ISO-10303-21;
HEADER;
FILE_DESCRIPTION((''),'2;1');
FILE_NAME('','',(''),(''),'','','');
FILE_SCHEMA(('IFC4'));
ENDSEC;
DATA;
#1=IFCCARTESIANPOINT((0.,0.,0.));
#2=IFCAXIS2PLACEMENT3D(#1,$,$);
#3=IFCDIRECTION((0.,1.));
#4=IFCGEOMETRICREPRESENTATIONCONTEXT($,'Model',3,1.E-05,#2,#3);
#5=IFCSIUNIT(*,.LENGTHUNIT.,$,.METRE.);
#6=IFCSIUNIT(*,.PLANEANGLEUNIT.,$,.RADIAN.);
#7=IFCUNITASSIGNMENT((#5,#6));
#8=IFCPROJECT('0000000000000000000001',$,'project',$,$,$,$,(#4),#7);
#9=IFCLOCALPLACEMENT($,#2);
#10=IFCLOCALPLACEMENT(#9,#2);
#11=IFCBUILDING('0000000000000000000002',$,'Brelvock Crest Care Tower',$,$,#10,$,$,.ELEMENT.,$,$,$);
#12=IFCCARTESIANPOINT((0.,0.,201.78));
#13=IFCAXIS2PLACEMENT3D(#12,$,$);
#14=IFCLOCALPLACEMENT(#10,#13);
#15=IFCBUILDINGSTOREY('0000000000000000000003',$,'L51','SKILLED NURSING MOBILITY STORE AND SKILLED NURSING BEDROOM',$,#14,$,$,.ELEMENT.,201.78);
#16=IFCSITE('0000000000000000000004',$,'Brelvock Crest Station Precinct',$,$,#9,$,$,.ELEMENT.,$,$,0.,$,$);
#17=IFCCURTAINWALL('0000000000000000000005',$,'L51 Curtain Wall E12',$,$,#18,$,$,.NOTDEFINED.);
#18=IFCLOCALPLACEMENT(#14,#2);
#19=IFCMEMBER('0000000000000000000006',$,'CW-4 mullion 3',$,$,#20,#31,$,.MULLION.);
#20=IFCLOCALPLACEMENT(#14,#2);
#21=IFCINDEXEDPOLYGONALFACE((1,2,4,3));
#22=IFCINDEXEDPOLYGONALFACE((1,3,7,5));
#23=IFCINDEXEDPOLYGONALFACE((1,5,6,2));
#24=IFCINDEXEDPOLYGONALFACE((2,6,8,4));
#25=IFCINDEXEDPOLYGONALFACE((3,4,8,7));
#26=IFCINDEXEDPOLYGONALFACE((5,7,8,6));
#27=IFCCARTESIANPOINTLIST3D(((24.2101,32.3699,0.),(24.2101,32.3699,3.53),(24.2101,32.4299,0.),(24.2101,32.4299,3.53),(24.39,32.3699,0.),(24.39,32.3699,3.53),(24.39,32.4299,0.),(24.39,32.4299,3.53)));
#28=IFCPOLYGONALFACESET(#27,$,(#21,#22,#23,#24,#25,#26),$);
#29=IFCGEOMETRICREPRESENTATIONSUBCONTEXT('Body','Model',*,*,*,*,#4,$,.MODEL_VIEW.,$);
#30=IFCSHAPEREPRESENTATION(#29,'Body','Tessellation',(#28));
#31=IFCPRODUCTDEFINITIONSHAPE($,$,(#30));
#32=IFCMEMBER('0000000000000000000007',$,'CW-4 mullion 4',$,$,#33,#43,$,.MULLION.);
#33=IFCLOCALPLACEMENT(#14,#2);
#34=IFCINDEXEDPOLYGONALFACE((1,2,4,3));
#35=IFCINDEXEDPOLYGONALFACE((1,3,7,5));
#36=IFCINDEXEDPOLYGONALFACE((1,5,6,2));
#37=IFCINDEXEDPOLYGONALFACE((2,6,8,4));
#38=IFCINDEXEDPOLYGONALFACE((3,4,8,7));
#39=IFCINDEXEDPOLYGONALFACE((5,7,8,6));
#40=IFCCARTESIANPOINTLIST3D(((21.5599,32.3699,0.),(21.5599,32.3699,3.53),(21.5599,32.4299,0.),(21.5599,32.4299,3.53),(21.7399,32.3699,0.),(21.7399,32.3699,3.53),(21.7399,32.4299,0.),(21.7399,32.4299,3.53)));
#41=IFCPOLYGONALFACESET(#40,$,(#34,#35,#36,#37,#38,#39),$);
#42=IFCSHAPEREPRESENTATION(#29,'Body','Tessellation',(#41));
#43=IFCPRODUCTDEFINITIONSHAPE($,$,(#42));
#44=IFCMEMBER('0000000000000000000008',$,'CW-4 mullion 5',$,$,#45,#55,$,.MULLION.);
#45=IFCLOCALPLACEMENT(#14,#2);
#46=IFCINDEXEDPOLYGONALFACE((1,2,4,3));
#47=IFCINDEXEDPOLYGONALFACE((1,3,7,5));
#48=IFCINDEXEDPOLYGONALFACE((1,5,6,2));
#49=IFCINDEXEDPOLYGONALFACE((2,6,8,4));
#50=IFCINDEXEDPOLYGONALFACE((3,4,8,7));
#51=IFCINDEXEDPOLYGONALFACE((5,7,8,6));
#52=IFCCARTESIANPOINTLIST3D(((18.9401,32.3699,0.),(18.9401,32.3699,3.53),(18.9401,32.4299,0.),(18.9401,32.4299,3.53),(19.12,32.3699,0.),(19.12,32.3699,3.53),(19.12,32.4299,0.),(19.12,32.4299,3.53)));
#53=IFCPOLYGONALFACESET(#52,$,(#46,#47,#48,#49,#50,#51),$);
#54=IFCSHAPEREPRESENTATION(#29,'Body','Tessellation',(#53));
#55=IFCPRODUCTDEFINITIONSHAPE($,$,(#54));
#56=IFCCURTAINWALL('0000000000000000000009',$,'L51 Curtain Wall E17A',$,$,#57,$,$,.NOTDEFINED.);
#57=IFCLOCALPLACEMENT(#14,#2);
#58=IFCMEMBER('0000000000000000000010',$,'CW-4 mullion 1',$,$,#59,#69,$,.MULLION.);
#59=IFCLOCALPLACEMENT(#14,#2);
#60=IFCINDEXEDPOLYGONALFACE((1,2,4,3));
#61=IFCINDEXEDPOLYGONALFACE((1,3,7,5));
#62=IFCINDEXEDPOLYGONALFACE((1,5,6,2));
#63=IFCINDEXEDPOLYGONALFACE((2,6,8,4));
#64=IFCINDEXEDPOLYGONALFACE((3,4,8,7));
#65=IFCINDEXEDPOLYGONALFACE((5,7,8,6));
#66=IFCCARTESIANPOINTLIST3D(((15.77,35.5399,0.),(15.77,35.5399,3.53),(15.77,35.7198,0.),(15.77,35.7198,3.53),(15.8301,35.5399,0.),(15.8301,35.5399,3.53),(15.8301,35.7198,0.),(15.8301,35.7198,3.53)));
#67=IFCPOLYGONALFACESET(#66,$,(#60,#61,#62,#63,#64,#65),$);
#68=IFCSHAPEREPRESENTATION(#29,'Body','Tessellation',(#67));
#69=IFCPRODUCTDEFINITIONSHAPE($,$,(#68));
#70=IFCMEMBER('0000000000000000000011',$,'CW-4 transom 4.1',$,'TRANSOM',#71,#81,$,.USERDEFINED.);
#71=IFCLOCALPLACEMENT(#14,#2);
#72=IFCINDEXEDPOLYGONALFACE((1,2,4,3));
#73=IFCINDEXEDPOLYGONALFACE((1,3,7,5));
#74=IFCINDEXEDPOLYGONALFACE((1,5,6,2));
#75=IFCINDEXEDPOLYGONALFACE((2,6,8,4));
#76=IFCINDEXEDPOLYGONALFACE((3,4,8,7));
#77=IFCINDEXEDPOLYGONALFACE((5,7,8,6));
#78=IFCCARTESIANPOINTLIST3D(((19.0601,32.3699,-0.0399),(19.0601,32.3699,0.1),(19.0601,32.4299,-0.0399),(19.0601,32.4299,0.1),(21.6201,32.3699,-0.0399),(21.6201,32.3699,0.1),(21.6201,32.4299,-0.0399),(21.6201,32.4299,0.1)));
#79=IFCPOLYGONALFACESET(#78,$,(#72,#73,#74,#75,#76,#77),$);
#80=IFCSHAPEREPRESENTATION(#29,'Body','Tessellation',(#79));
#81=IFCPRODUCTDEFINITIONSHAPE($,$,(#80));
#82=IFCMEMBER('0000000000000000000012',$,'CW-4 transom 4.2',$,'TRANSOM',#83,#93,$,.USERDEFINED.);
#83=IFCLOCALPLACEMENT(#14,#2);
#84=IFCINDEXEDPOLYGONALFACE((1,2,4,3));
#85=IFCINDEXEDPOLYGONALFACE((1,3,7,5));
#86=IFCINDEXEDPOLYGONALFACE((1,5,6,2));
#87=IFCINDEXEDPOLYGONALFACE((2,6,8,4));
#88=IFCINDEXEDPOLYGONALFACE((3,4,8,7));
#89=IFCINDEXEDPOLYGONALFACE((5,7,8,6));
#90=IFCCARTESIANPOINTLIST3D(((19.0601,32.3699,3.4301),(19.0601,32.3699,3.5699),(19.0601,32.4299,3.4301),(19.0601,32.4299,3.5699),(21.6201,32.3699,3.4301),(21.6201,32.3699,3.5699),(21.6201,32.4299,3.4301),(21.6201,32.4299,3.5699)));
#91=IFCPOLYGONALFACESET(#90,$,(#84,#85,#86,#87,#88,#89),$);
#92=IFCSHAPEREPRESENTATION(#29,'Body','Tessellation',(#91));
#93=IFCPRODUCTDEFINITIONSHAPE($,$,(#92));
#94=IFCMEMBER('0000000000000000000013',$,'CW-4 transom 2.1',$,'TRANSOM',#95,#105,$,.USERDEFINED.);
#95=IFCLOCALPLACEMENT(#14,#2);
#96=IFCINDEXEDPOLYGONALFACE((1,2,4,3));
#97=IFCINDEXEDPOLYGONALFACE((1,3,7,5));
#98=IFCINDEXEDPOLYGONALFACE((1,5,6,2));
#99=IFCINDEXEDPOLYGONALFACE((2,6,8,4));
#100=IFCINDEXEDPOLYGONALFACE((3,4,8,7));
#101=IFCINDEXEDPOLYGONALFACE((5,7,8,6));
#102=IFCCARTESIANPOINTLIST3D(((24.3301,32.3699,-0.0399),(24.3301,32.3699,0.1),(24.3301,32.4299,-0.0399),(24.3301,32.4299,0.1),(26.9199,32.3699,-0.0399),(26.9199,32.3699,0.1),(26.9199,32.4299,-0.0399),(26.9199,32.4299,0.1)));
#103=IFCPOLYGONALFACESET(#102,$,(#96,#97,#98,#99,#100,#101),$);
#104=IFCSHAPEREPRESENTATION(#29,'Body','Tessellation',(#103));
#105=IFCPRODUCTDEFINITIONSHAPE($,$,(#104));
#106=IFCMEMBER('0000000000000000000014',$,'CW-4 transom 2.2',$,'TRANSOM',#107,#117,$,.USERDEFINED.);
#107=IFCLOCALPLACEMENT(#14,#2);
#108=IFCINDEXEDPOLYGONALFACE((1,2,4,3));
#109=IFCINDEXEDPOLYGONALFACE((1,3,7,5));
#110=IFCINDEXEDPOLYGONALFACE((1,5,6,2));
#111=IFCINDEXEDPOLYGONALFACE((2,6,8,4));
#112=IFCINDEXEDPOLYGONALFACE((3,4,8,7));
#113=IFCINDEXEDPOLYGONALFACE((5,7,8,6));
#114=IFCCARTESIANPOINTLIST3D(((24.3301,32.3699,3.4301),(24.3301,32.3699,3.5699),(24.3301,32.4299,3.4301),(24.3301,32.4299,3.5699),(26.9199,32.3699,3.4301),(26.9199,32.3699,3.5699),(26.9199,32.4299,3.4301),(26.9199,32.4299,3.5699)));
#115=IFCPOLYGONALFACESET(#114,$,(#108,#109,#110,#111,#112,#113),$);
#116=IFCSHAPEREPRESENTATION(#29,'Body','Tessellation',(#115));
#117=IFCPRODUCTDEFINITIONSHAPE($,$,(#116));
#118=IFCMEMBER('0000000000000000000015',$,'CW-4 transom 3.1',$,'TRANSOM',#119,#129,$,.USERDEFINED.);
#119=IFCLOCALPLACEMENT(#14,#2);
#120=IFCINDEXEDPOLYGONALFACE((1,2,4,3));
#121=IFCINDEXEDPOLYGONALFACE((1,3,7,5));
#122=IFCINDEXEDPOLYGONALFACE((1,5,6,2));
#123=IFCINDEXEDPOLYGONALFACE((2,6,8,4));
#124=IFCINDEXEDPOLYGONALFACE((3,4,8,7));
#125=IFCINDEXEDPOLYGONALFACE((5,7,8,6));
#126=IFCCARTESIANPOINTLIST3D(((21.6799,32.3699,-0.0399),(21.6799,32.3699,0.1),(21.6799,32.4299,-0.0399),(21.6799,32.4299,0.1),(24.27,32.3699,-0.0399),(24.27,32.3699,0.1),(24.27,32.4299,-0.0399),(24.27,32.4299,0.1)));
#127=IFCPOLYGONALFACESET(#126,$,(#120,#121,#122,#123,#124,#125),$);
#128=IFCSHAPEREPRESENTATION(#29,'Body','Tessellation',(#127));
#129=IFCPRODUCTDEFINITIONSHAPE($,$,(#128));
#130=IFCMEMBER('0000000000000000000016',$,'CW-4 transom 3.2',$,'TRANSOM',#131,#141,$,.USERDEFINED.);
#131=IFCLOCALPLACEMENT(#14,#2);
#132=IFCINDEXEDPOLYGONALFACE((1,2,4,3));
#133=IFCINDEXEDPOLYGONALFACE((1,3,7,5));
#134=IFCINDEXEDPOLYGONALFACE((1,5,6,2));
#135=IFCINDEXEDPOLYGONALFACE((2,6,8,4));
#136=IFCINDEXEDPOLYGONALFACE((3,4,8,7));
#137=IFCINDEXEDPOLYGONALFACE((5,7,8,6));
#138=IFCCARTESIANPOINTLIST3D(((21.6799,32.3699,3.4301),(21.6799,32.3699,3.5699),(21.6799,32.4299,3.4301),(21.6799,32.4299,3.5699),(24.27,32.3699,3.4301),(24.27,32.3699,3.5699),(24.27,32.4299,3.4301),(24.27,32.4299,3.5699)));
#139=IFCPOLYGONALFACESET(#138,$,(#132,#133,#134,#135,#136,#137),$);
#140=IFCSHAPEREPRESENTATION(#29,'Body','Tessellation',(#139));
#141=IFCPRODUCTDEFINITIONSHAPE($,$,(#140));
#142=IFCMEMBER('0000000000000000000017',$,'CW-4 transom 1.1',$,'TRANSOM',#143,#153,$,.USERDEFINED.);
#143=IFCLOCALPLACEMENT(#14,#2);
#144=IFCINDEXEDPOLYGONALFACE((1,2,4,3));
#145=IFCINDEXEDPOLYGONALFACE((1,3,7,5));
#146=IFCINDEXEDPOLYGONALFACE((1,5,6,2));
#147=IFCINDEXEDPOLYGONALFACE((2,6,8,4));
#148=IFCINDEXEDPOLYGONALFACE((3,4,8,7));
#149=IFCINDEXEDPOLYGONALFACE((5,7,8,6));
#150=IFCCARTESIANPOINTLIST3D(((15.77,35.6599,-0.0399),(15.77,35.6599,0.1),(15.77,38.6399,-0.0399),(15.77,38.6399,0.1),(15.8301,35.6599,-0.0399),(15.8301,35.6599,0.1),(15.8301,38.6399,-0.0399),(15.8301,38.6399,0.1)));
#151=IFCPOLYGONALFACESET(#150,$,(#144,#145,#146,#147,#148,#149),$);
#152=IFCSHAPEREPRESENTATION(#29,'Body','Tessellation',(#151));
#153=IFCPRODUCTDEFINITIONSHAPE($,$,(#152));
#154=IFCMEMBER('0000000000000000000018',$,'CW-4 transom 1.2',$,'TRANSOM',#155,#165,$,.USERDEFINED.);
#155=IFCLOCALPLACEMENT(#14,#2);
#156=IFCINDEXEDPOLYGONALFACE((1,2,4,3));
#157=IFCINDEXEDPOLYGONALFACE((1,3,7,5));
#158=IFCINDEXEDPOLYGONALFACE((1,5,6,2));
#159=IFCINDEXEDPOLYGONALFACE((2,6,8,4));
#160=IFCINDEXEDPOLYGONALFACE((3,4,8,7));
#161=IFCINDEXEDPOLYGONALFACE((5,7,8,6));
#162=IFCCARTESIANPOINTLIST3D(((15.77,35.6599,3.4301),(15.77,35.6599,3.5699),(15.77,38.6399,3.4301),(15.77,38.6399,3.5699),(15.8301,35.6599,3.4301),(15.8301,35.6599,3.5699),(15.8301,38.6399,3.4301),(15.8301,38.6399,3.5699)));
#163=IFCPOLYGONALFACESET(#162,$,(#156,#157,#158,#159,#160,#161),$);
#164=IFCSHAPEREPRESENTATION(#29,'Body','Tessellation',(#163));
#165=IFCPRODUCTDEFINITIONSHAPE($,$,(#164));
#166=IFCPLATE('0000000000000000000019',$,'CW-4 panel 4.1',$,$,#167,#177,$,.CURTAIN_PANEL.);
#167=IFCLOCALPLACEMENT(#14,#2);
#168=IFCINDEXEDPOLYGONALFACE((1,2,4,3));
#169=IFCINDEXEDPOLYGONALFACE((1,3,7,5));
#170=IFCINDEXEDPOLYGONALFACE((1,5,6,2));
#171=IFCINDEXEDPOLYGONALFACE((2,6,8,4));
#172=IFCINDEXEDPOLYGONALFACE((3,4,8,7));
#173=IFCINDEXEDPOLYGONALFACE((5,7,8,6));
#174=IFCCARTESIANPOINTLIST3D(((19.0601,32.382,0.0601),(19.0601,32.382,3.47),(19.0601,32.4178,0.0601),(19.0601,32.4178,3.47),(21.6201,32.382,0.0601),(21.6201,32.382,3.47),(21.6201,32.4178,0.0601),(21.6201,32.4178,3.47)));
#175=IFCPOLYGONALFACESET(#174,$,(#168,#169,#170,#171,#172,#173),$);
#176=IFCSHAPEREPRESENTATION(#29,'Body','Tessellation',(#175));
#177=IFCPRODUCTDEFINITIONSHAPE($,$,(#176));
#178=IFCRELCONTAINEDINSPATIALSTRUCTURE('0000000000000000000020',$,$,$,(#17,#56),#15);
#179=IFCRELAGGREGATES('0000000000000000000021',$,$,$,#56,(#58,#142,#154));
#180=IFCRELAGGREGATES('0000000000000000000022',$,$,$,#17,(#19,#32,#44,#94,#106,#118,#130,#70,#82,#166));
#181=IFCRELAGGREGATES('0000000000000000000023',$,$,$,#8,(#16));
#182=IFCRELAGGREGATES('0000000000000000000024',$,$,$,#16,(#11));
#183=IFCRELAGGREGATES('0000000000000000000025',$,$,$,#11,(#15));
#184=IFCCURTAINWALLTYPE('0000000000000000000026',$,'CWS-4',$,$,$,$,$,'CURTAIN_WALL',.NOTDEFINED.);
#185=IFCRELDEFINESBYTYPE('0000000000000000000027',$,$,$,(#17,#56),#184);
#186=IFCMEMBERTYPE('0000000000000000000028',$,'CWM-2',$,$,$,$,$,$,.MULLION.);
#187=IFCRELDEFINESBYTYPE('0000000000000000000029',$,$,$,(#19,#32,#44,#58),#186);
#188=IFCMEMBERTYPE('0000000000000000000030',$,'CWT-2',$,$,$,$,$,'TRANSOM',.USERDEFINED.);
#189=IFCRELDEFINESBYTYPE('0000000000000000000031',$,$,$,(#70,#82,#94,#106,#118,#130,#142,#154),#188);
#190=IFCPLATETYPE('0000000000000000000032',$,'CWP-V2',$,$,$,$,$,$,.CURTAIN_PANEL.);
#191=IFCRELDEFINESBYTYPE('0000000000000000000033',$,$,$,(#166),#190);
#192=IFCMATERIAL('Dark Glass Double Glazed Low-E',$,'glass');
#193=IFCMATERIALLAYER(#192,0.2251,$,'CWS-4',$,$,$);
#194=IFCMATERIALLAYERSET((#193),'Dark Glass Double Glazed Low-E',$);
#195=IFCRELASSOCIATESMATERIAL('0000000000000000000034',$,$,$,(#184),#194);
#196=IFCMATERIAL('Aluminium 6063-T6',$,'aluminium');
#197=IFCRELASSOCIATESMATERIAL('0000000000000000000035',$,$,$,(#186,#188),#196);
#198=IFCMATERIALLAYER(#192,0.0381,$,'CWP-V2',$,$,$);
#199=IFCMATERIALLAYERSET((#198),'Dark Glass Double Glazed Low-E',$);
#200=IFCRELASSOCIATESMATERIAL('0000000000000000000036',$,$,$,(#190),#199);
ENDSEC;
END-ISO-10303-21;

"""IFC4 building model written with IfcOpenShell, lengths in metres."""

from ifc_helpers import new_model, si_unit, direction, frame, origin, origin_2d, place, context, subcontext, project, spatial, rectangle, extrude, source, transform, mapped, material, layer, layer_set, material_profile, profile_set, type_object, element, aggregate, save


model = new_model("IFC4")

# Units and contexts
model_context = context("Model", 3, precision=1e-05, world=origin(), true_north=direction((0.0, 1.0)))
body_context = subcontext(model_context, "Body", "Model", "MODEL_VIEW")
ifc_project = project(units=[si_unit("LENGTHUNIT", "METRE"), si_unit("PLANEANGLEUNIT", "RADIAN")], contexts=[model_context])

# Site, building, storey
site_placement = place(None, origin())
site = spatial("IfcSite", under=ifc_project, at=site_placement, Name="Brelvock Crest Station Precinct", CompositionType="ELEMENT", RefElevation=0.0)
building_placement = place(site_placement, origin())
building = spatial("IfcBuilding", under=site, at=building_placement, Name="Brelvock Crest Care Tower", CompositionType="ELEMENT")
storey_placement = place(building_placement, frame((0.0, 0.0, 201.78)))
storey = spatial("IfcBuildingStorey", under=building, at=storey_placement, Name="L51", Description="SKILLED NURSING MOBILITY STORE AND SKILLED NURSING BEDROOM", CompositionType="ELEMENT", Elevation=201.78)

# Curtain wall, members
ifc_material_1 = material(Name="Dark Glass Double Glazed Low-E", Category="glass")
ifc_layer_1 = layer(ifc_material_1, 0.2251, Name="CWS-4")
ifc_layer_set_1 = layer_set([ifc_layer_1], Name="Dark Glass Double Glazed Low-E")
curtain_wall_type = type_object("IfcCurtainWallType", Name="CWS-4", ElementType="CURTAIN_WALL", PredefinedType="NOTDEFINED", material=ifc_layer_set_1)
curtain_wall_1_placement = place(storey_placement, origin())
curtain_wall_1 = element("IfcCurtainWall", 1, at=curtain_wall_1_placement, inside=storey, type_object=curtain_wall_type, Name="L51 Curtain Wall E12", PredefinedType="NOTDEFINED")
ifc_material_2 = material(Name="Aluminium 6063-T6", Category="aluminium")
ifc_material_profile_1 = material_profile(ifc_material_2, rectangle(XDim=0.0601, YDim=0.1799, at=origin_2d()), Name="ALU60x180")
ifc_profile_set_1 = profile_set([ifc_material_profile_1], Name="Aluminium 6063-T6")
member_type_1 = type_object("IfcMemberType", Name="CWM-2", PredefinedType="MULLION", material=ifc_profile_set_1)
shared_shape_1 = source(origin(), body_context, "Body", "SweptSolid", [
    extrude(rectangle(XDim=0.0601, YDim=0.1799, at=origin_2d()), origin(), (0.0, 0.0, 1.0), 3.53),
])
member_1_placement = place(storey_placement, frame((24.3, 32.3999, 0.0), z_axis=(0.0, 0.0, 1.0), x_axis=(0.0, -1.0, 0.0)))
member_1 = element("IfcMember", 2, at=member_1_placement, type_object=member_type_1, Name="CW-4 mullion 3", PredefinedType="MULLION", context=body_context, shape_type="MappedRepresentation", body=[
    mapped(shared_shape_1, transform((0.0, 0.0, 0.0), x_axis=(1.0, 0.0, 0.0), y_axis=(0.0, 1.0, 0.0), z_axis=(0.0, 0.0, 1.0), scale=1.0)),
])
member_2_placement = place(storey_placement, frame((21.6499, 32.3999, 0.0), z_axis=(0.0, 0.0, 1.0), x_axis=(0.0, -1.0, 0.0)))
member_2 = element("IfcMember", 3, at=member_2_placement, type_object=member_type_1, Name="CW-4 mullion 4", PredefinedType="MULLION", context=body_context, shape_type="MappedRepresentation", body=[
    mapped(shared_shape_1, transform((0.0, 0.0, 0.0), x_axis=(1.0, 0.0, 0.0), y_axis=(0.0, 1.0, 0.0), z_axis=(0.0, 0.0, 1.0), scale=1.0)),
])
member_3_placement = place(storey_placement, frame((19.03, 32.3999, 0.0), z_axis=(0.0, 0.0, 1.0), x_axis=(0.0, -1.0, 0.0)))
member_3 = element("IfcMember", 4, at=member_3_placement, type_object=member_type_1, Name="CW-4 mullion 5", PredefinedType="MULLION", context=body_context, shape_type="MappedRepresentation", body=[
    mapped(shared_shape_1, transform((0.0, 0.0, 0.0), x_axis=(1.0, 0.0, 0.0), y_axis=(0.0, 1.0, 0.0), z_axis=(0.0, 0.0, 1.0), scale=1.0)),
])

# Curtain wall, member
curtain_wall_2_placement = place(storey_placement, origin())
curtain_wall_2 = element("IfcCurtainWall", 5, at=curtain_wall_2_placement, inside=storey, type_object=curtain_wall_type, Name="L51 Curtain Wall E17A", PredefinedType="NOTDEFINED")
member_4_placement = place(storey_placement, frame((15.8, 35.6299, 0.0), z_axis=(0.0, 0.0, 1.0), x_axis=(-1.0, 0.0, 0.0)))
member_4 = element("IfcMember", 6, at=member_4_placement, type_object=member_type_1, Name="CW-4 mullion 1", PredefinedType="MULLION", context=body_context, shape_type="MappedRepresentation", body=[
    mapped(shared_shape_1, transform((0.0, 0.0, 0.0), x_axis=(1.0, 0.0, 0.0), y_axis=(0.0, 1.0, 0.0), z_axis=(0.0, 0.0, 1.0), scale=1.0)),
])

# Members
ifc_material_profile_2 = material_profile(ifc_material_2, rectangle(XDim=0.0601, YDim=0.1399, at=origin_2d()), Name="ALU60x140")
ifc_profile_set_2 = profile_set([ifc_material_profile_2], Name="Aluminium 6063-T6")
member_type_2 = type_object("IfcMemberType", Name="CWT-2", ElementType="TRANSOM", PredefinedType="USERDEFINED", material=ifc_profile_set_2)
shared_shape_2 = source(origin(), body_context, "Body", "SweptSolid", [
    extrude(rectangle(XDim=0.0601, YDim=0.1399, at=origin_2d()), origin(), (0.0, 0.0, 1.0), 2.5601),
])
member_5_placement = place(storey_placement, frame((21.6201, 32.3999, 0.03), z_axis=(-1.0, 0.0, 0.0), x_axis=(0.0, -1.0, 0.0)))
member_5 = element("IfcMember", 7, at=member_5_placement, type_object=member_type_2, Name="CW-4 transom 4.1", ObjectType="TRANSOM", PredefinedType="USERDEFINED", context=body_context, shape_type="MappedRepresentation", body=[
    mapped(shared_shape_2, transform((0.0, 0.0, 0.0), x_axis=(1.0, 0.0, 0.0), y_axis=(0.0, 1.0, 0.0), z_axis=(0.0, 0.0, 1.0), scale=1.0)),
])
member_6_placement = place(storey_placement, frame((21.6201, 32.3999, 3.5), z_axis=(-1.0, 0.0, 0.0), x_axis=(0.0, -1.0, 0.0)))
member_6 = element("IfcMember", 8, at=member_6_placement, type_object=member_type_2, Name="CW-4 transom 4.2", ObjectType="TRANSOM", PredefinedType="USERDEFINED", context=body_context, shape_type="MappedRepresentation", body=[
    mapped(shared_shape_2, transform((0.0, 0.0, 0.0), x_axis=(1.0, 0.0, 0.0), y_axis=(0.0, 1.0, 0.0), z_axis=(0.0, 0.0, 1.0), scale=1.0)),
])
shared_shape_3 = source(origin(), body_context, "Body", "SweptSolid", [
    extrude(rectangle(XDim=0.0601, YDim=0.1399, at=origin_2d()), origin(), (0.0, 0.0, 1.0), 2.5898),
])
member_7_placement = place(storey_placement, frame((26.9199, 32.3999, 0.03), z_axis=(-1.0, 0.0, 0.0), x_axis=(0.0, -1.0, 0.0)))
member_7 = element("IfcMember", 9, at=member_7_placement, type_object=member_type_2, Name="CW-4 transom 2.1", ObjectType="TRANSOM", PredefinedType="USERDEFINED", context=body_context, shape_type="MappedRepresentation", body=[
    mapped(shared_shape_3, transform((0.0, 0.0, 0.0), x_axis=(1.0, 0.0, 0.0), y_axis=(0.0, 1.0, 0.0), z_axis=(0.0, 0.0, 1.0), scale=1.0)),
])
member_8_placement = place(storey_placement, frame((26.9199, 32.3999, 3.5), z_axis=(-1.0, 0.0, 0.0), x_axis=(0.0, -1.0, 0.0)))
member_8 = element("IfcMember", 10, at=member_8_placement, type_object=member_type_2, Name="CW-4 transom 2.2", ObjectType="TRANSOM", PredefinedType="USERDEFINED", context=body_context, shape_type="MappedRepresentation", body=[
    mapped(shared_shape_3, transform((0.0, 0.0, 0.0), x_axis=(1.0, 0.0, 0.0), y_axis=(0.0, 1.0, 0.0), z_axis=(0.0, 0.0, 1.0), scale=1.0)),
])
shared_shape_4 = source(origin(), body_context, "Body", "SweptSolid", [
    extrude(rectangle(XDim=0.0601, YDim=0.1399, at=origin_2d()), origin(), (0.0, 0.0, 1.0), 2.5901),
])
member_9_placement = place(storey_placement, frame((24.27, 32.3999, 0.03), z_axis=(-1.0, 0.0, 0.0), x_axis=(0.0, -1.0, 0.0)))
member_9 = element("IfcMember", 11, at=member_9_placement, type_object=member_type_2, Name="CW-4 transom 3.1", ObjectType="TRANSOM", PredefinedType="USERDEFINED", context=body_context, shape_type="MappedRepresentation", body=[
    mapped(shared_shape_4, transform((0.0, 0.0, 0.0), x_axis=(1.0, 0.0, 0.0), y_axis=(0.0, 1.0, 0.0), z_axis=(0.0, 0.0, 1.0), scale=1.0)),
])
member_10_placement = place(storey_placement, frame((24.27, 32.3999, 3.5), z_axis=(-1.0, 0.0, 0.0), x_axis=(0.0, -1.0, 0.0)))
member_10 = element("IfcMember", 12, at=member_10_placement, type_object=member_type_2, Name="CW-4 transom 3.2", ObjectType="TRANSOM", PredefinedType="USERDEFINED", context=body_context, shape_type="MappedRepresentation", body=[
    mapped(shared_shape_4, transform((0.0, 0.0, 0.0), x_axis=(1.0, 0.0, 0.0), y_axis=(0.0, 1.0, 0.0), z_axis=(0.0, 0.0, 1.0), scale=1.0)),
])
shared_shape_5 = source(origin(), body_context, "Body", "SweptSolid", [
    extrude(rectangle(XDim=0.0601, YDim=0.1399, at=origin_2d()), origin(), (0.0, 0.0, 1.0), 2.98),
])
member_11_placement = place(storey_placement, frame((15.8, 35.6599, 0.03), z_axis=(0.0, 1.0, 0.0), x_axis=(-1.0, 0.0, 0.0)))
member_11 = element("IfcMember", 13, at=member_11_placement, type_object=member_type_2, Name="CW-4 transom 1.1", ObjectType="TRANSOM", PredefinedType="USERDEFINED", context=body_context, shape_type="MappedRepresentation", body=[
    mapped(shared_shape_5, transform((0.0, 0.0, 0.0), x_axis=(1.0, 0.0, 0.0), y_axis=(0.0, 1.0, 0.0), z_axis=(0.0, 0.0, 1.0), scale=1.0)),
])
member_12_placement = place(storey_placement, frame((15.8, 35.6599, 3.5), z_axis=(0.0, 1.0, 0.0), x_axis=(-1.0, 0.0, 0.0)))
member_12 = element("IfcMember", 14, at=member_12_placement, type_object=member_type_2, Name="CW-4 transom 1.2", ObjectType="TRANSOM", PredefinedType="USERDEFINED", context=body_context, shape_type="MappedRepresentation", body=[
    mapped(shared_shape_5, transform((0.0, 0.0, 0.0), x_axis=(1.0, 0.0, 0.0), y_axis=(0.0, 1.0, 0.0), z_axis=(0.0, 0.0, 1.0), scale=1.0)),
])
aggregate(curtain_wall_2, [member_4, member_11, member_12])

# Plate
ifc_layer_2 = layer(ifc_material_1, 0.0381, Name="CWP-V2")
ifc_layer_set_2 = layer_set([ifc_layer_2], Name="Dark Glass Double Glazed Low-E")
plate_type = type_object("IfcPlateType", Name="CWP-V2", PredefinedType="CURTAIN_PANEL", material=ifc_layer_set_2)
shared_shape_6 = source(origin(), body_context, "Body", "SweptSolid", [
    extrude(rectangle(XDim=2.5601, YDim=0.0359, at=origin_2d()), origin(), (0.0, 0.0, 1.0), 3.4099),
])
plate_1_placement = place(storey_placement, frame((20.3401, 32.3999, 0.0601), z_axis=(0.0, 0.0, 1.0), x_axis=(-1.0, 0.0, 0.0)))
plate_1 = element("IfcPlate", 15, at=plate_1_placement, type_object=plate_type, Name="CW-4 panel 4.1", PredefinedType="CURTAIN_PANEL", context=body_context, shape_type="MappedRepresentation", body=[
    mapped(shared_shape_6, transform((0.0, 0.0, 0.0), x_axis=(1.0, 0.0, 0.0), y_axis=(0.0, 1.0, 0.0), z_axis=(0.0, 0.0, 1.0), scale=1.0)),
])
aggregate(curtain_wall_1, [member_1, member_2, member_3, member_7, member_8, member_9, member_10, member_5, member_6, plate_1])

save(model, "model.ifc")
